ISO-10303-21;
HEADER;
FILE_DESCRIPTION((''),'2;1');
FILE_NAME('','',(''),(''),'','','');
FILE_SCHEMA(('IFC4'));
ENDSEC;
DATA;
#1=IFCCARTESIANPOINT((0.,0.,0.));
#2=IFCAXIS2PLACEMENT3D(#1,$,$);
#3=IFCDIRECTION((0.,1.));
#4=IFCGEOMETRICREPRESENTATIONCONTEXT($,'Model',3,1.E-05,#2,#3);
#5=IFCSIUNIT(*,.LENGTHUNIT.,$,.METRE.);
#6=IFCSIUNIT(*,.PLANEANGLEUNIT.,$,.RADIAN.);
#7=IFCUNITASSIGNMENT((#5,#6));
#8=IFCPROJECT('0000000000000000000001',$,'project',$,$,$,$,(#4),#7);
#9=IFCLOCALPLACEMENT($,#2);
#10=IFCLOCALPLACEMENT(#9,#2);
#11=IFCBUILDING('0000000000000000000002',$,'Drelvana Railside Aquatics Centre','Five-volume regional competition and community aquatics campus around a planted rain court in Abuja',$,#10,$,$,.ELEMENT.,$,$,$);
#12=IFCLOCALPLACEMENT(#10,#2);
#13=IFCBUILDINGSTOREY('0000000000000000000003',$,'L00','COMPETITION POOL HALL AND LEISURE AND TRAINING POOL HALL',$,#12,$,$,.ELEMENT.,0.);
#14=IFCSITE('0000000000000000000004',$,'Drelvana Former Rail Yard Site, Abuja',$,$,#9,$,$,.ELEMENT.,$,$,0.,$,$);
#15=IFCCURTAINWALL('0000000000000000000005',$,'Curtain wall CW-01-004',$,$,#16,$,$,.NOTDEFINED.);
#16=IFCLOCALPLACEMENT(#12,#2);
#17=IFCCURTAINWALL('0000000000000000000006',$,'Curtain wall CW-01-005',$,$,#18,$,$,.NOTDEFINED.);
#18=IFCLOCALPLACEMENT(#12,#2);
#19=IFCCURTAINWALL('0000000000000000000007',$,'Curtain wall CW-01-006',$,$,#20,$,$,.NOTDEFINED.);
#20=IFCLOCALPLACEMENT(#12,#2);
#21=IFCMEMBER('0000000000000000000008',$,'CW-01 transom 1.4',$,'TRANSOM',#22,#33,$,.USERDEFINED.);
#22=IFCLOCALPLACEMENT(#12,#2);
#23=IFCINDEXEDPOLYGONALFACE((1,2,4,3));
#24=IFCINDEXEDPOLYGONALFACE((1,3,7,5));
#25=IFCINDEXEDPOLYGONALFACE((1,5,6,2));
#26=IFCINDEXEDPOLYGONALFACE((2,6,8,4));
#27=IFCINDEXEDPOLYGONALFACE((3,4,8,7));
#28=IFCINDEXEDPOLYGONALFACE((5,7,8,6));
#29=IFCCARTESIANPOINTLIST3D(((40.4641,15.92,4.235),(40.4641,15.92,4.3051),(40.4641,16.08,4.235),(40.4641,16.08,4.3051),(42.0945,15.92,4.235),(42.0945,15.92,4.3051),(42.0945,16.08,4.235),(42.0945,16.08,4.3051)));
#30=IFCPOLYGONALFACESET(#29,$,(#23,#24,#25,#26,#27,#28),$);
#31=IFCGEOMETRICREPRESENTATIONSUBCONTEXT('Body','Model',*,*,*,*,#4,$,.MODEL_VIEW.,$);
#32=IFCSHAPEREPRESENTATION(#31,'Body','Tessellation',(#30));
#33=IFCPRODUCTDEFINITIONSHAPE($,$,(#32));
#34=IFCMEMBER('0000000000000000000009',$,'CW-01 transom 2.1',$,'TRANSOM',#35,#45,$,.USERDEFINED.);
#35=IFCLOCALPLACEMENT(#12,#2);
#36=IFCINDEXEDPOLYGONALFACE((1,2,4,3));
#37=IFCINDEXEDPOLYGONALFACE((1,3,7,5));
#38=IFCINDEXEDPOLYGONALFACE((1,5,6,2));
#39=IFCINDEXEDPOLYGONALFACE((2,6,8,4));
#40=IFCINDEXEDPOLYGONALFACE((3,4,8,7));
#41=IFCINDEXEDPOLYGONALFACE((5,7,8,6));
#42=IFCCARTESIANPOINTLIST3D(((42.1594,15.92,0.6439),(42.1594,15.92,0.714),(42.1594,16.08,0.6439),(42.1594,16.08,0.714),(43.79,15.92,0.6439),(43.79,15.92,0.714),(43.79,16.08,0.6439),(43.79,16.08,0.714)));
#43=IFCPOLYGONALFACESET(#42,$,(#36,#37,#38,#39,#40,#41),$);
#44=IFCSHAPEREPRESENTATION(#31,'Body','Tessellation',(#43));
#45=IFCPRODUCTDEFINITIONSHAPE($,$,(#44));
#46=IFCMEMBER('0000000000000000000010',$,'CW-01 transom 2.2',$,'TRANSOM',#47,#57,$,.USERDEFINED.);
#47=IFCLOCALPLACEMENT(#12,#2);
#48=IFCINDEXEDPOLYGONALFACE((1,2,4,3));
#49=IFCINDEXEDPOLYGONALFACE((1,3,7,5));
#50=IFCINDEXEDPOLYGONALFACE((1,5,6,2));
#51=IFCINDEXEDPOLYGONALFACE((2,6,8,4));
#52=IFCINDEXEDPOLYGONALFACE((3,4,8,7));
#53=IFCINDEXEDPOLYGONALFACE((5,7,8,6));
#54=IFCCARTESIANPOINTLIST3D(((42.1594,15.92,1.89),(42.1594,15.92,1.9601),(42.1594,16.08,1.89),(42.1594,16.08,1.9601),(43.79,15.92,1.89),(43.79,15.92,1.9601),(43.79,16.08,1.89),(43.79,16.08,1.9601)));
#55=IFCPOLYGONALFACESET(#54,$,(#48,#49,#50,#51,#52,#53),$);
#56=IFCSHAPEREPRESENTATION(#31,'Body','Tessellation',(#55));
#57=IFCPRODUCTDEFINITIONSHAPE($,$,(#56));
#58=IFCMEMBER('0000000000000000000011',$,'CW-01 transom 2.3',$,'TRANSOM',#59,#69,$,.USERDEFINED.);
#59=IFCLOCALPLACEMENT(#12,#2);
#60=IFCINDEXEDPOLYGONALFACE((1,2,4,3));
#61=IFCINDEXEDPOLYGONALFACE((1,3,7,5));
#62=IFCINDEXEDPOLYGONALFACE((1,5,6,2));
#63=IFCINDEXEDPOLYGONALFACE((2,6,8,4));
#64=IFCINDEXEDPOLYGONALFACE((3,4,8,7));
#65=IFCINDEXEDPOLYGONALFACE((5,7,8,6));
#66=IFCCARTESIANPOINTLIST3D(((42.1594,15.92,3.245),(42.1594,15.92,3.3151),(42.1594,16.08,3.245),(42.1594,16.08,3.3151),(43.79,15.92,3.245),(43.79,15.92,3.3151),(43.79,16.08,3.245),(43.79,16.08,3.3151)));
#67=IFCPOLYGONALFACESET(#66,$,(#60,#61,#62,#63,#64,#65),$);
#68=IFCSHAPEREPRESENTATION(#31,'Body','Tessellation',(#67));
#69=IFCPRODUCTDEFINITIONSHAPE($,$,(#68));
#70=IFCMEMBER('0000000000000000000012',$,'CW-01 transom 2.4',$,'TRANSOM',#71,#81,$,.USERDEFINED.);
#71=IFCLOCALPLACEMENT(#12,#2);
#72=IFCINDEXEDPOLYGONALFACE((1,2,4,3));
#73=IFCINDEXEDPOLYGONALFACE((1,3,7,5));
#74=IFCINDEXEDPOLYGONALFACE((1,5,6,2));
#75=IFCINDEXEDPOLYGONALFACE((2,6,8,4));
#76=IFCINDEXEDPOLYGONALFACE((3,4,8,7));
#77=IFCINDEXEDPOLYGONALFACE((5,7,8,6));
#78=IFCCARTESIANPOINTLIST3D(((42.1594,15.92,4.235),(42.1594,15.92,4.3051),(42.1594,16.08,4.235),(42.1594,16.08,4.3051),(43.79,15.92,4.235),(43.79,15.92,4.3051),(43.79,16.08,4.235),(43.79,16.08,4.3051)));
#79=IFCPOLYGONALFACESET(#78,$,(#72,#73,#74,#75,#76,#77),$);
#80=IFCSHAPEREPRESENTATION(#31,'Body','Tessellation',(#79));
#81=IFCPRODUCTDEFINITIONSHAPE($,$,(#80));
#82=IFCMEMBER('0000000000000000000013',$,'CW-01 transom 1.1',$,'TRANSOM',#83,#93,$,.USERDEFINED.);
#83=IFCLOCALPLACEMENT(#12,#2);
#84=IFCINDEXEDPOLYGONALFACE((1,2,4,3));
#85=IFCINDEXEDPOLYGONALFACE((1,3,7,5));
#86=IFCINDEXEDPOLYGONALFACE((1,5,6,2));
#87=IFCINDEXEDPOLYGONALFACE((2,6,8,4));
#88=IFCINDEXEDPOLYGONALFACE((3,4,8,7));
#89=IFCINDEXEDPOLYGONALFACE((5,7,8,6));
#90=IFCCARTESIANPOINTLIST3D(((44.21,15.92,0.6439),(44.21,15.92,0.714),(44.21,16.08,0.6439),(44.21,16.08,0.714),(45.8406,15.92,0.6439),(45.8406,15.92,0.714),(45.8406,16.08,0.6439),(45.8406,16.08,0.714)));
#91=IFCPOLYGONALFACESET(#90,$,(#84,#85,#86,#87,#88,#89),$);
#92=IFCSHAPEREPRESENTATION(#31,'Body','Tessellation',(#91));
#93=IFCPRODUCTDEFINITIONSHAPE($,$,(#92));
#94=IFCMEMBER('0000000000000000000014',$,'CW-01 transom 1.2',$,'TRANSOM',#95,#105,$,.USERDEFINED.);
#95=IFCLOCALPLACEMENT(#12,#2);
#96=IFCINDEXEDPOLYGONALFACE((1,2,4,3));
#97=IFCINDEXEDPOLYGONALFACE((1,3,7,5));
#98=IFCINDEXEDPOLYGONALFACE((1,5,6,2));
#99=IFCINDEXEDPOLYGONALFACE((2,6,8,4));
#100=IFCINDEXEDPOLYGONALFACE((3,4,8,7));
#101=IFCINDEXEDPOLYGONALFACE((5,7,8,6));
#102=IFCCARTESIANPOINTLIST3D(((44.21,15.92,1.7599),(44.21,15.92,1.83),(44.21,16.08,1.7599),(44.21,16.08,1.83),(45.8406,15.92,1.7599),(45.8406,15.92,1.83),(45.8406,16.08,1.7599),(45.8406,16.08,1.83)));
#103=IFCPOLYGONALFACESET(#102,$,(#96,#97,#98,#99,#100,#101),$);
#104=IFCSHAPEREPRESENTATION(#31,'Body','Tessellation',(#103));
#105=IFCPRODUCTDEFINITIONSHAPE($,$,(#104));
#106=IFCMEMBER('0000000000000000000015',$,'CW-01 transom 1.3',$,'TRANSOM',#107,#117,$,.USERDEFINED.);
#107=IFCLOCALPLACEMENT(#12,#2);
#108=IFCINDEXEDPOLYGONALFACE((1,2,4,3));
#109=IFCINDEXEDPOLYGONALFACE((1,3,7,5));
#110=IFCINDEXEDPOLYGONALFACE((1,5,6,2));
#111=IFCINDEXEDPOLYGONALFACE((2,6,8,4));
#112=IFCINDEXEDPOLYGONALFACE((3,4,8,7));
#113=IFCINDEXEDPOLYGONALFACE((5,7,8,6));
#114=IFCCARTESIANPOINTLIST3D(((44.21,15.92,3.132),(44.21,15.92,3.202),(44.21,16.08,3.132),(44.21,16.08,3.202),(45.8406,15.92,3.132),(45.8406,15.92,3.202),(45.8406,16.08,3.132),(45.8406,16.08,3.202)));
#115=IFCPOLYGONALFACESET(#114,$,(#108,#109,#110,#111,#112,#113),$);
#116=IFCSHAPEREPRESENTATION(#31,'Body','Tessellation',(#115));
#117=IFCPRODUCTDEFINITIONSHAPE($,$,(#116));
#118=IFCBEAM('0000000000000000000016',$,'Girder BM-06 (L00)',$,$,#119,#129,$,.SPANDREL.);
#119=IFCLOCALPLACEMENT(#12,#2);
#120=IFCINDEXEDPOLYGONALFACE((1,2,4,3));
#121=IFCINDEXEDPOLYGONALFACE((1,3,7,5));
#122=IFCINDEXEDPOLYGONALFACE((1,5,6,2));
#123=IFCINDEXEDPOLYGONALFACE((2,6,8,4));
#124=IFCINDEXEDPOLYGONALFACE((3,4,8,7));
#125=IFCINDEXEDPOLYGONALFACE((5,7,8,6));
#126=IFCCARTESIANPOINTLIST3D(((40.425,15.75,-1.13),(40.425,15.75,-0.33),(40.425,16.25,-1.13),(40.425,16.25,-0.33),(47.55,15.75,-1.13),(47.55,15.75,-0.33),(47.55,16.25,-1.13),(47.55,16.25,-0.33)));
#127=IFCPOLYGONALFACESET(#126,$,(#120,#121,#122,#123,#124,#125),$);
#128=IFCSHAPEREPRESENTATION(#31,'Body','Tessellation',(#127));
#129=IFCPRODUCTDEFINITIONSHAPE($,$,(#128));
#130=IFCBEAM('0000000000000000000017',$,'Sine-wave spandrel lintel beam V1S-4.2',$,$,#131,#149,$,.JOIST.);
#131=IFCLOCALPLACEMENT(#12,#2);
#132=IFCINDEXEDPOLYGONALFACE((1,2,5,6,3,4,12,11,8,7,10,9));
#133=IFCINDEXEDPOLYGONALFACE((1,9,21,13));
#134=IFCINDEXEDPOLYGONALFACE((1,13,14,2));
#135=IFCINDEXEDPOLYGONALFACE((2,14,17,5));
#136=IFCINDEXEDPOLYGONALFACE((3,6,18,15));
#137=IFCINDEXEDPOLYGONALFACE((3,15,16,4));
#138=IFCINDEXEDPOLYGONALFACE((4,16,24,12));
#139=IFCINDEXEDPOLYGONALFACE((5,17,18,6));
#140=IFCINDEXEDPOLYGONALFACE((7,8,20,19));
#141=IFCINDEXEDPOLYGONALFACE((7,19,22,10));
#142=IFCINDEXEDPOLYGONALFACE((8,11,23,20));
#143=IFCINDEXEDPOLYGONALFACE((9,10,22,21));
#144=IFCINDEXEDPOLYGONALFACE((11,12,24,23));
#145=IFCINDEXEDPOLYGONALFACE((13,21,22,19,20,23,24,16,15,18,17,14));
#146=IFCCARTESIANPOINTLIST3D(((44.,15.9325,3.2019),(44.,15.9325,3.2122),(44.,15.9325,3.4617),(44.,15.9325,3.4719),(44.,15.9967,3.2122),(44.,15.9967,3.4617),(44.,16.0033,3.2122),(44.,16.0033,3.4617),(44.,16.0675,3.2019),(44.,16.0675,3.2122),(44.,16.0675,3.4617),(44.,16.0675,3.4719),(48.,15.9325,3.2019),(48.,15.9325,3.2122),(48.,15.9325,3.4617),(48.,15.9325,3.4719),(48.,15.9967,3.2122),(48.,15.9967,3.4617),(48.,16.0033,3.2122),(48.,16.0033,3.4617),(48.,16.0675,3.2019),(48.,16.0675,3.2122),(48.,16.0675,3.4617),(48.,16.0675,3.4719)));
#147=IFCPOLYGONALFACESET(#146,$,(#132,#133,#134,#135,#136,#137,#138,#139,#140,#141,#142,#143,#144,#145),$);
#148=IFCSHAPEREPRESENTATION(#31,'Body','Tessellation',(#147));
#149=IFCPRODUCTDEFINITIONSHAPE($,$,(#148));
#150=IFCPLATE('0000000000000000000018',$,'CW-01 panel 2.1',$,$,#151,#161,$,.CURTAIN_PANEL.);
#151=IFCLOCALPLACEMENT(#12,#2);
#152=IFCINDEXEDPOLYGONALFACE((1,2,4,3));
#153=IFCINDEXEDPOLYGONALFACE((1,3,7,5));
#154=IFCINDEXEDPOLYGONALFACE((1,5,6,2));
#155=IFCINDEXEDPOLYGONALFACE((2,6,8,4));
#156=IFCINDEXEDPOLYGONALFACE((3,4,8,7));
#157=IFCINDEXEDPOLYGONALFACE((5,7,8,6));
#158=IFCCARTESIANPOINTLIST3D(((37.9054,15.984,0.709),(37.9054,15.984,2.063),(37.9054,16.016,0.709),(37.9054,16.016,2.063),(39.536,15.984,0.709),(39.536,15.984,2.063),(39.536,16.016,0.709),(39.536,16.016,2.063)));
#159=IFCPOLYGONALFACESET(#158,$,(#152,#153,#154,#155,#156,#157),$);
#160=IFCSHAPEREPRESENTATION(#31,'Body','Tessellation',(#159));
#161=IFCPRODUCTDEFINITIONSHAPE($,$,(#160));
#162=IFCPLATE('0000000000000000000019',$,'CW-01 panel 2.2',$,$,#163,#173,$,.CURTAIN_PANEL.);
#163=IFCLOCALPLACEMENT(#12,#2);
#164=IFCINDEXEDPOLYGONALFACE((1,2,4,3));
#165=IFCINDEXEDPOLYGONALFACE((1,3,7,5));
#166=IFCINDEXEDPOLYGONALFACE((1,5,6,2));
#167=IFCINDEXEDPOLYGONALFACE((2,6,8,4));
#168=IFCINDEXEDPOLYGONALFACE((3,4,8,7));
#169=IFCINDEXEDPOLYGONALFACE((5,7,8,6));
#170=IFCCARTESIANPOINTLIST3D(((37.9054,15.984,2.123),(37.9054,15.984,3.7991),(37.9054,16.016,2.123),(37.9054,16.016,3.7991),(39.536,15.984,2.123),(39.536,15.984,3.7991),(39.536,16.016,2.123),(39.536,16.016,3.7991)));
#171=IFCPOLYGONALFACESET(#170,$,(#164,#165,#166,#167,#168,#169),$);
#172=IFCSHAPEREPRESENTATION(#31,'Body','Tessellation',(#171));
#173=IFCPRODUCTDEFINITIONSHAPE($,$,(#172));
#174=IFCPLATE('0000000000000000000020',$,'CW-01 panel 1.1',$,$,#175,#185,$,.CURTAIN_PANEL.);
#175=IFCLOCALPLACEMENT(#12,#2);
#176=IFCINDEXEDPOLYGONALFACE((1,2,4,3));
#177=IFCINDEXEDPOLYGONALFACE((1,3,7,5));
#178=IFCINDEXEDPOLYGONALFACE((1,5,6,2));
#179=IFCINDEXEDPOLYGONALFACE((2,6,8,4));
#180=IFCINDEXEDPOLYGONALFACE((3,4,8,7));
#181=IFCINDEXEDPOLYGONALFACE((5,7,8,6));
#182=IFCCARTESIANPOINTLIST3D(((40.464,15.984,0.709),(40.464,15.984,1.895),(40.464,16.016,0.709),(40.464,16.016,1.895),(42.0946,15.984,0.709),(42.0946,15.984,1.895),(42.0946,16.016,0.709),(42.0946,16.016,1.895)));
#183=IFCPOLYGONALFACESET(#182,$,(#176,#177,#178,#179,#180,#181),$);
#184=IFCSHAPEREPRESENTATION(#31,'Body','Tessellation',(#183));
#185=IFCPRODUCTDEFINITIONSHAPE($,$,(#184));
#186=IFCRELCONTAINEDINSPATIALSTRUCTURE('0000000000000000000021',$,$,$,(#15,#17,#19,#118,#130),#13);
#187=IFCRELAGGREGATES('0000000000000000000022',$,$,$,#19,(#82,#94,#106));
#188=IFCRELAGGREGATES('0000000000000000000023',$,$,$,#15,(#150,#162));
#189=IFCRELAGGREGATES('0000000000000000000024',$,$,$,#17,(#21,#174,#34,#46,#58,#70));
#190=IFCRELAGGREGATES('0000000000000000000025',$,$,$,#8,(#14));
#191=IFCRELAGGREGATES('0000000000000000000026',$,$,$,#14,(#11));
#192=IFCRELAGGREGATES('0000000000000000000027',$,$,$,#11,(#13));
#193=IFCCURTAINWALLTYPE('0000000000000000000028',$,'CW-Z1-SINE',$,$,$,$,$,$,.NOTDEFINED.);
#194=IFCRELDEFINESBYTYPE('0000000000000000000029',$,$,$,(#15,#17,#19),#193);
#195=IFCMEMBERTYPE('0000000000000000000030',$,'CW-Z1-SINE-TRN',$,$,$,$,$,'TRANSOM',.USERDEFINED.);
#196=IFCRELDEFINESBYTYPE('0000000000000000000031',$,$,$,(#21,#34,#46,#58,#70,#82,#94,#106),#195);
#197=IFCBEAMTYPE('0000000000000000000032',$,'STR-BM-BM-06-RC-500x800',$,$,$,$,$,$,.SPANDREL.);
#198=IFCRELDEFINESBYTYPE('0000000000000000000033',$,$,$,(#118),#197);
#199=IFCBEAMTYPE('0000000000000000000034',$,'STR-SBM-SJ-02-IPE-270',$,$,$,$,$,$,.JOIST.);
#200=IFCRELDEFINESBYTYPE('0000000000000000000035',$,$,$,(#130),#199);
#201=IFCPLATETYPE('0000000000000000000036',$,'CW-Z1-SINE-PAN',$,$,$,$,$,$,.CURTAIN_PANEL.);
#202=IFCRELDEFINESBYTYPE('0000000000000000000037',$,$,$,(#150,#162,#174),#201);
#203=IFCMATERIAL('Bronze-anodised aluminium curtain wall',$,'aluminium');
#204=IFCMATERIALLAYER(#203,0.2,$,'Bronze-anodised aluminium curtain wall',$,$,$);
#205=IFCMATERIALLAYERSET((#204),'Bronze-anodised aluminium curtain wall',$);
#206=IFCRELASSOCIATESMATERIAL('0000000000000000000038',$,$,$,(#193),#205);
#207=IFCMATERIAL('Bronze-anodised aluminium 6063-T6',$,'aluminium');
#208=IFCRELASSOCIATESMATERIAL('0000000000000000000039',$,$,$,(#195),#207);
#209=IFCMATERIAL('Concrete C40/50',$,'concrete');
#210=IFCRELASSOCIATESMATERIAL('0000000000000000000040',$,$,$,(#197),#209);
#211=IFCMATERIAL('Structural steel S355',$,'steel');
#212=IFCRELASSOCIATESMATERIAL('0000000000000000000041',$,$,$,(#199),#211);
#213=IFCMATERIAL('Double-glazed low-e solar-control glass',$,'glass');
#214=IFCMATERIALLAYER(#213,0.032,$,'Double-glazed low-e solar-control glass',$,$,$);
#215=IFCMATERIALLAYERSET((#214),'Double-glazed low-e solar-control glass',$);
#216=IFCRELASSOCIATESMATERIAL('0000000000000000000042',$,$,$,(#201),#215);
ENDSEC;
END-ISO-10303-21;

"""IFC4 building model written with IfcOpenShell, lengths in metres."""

from ifc_helpers import new_model, si_unit, direction, frame, origin, origin_2d, place, context, subcontext, project, spatial, rectangle, i_section, extrude, material, layer, layer_set, material_profile, profile_set, type_object, element, aggregate, save


model = new_model("IFC4")

# Units and contexts
model_context = context("Model", 3, precision=1e-05, world=origin(), true_north=direction((0.0, 1.0)))
body_context = subcontext(model_context, "Body", "Model", "MODEL_VIEW")
ifc_project = project(units=[si_unit("LENGTHUNIT", "METRE"), si_unit("PLANEANGLEUNIT", "RADIAN")], contexts=[model_context])

# Site, building, storey
site_placement = place(None, origin())
site = spatial("IfcSite", under=ifc_project, at=site_placement, Name="Drelvana Former Rail Yard Site, Abuja", CompositionType="ELEMENT", RefElevation=0.0)
building_placement = place(site_placement, origin())
building = spatial("IfcBuilding", under=site, at=building_placement, Name="Drelvana Railside Aquatics Centre", Description="Five-volume regional competition and community aquatics campus around a planted rain court in Abuja", CompositionType="ELEMENT")
storey_placement = place(building_placement, origin())
storey = spatial("IfcBuildingStorey", under=building, at=storey_placement, Name="L00", Description="COMPETITION POOL HALL AND LEISURE AND TRAINING POOL HALL", CompositionType="ELEMENT", Elevation=0.0)

# Shared definitions
ifc_material_1 = material(Name="Concrete C40/50", Category="concrete")
ifc_material_2 = material(Name="Structural steel S355", Category="steel")

# Curtain wall
ifc_material_3 = material(Name="Bronze-anodised aluminium curtain wall", Category="aluminium")
ifc_layer_1 = layer(ifc_material_3, 0.2, Name="Bronze-anodised aluminium curtain wall")
ifc_layer_set_1 = layer_set([ifc_layer_1], Name="Bronze-anodised aluminium curtain wall")
curtain_wall_type = type_object("IfcCurtainWallType", Name="CW-Z1-SINE", PredefinedType="NOTDEFINED", material=ifc_layer_set_1)
curtain_wall_1_placement = place(storey_placement, origin())
curtain_wall_1 = element("IfcCurtainWall", 1, at=curtain_wall_1_placement, inside=storey, type_object=curtain_wall_type, Name="Curtain wall CW-01-004", PredefinedType="NOTDEFINED")
ifc_material_4 = material(Name="Bronze-anodised aluminium 6063-T6", Category="aluminium")

# Curtain wall
curtain_wall_2_placement = place(storey_placement, origin())
curtain_wall_2 = element("IfcCurtainWall", 2, at=curtain_wall_2_placement, inside=storey, type_object=curtain_wall_type, Name="Curtain wall CW-01-005", PredefinedType="NOTDEFINED")

# Curtain wall
curtain_wall_3_placement = place(storey_placement, origin())
curtain_wall_3 = element("IfcCurtainWall", 3, at=curtain_wall_3_placement, inside=storey, type_object=curtain_wall_type, Name="Curtain wall CW-01-006", PredefinedType="NOTDEFINED")

# Members
ifc_material_profile_1 = material_profile(ifc_material_4, rectangle(XDim=0.1599, YDim=0.0701, at=origin_2d()), Name="ALU-T 70x160")
ifc_profile_set_1 = profile_set([ifc_material_profile_1], Name="Bronze-anodised aluminium 6063-T6")
member_type_1 = type_object("IfcMemberType", Name="CW-Z1-SINE-TRN", ElementType="TRANSOM", PredefinedType="USERDEFINED", material=ifc_profile_set_1)
member_1_placement = place(storey_placement, frame((40.4641, 16.0, 4.27), z_axis=(1.0, 0.0, 0.0), x_axis=(0.0, 1.0, 0.0)))
member_1 = element("IfcMember", 4, at=member_1_placement, type_object=member_type_1, Name="CW-01 transom 1.4", ObjectType="TRANSOM", PredefinedType="USERDEFINED", context=body_context, shape_type="SweptSolid", body=[
    extrude(rectangle(XDim=0.1599, YDim=0.0701, at=origin_2d()), origin(), (0.0, 0.0, 1.0), 1.6304),
])
member_2_placement = place(storey_placement, frame((42.1594, 16.0, 0.679), z_axis=(1.0, 0.0, 0.0), x_axis=(0.0, 1.0, 0.0)))
member_2 = element("IfcMember", 5, at=member_2_placement, type_object=member_type_1, Name="CW-01 transom 2.1", ObjectType="TRANSOM", PredefinedType="USERDEFINED", context=body_context, shape_type="SweptSolid", body=[
    extrude(rectangle(XDim=0.1599, YDim=0.0701, at=origin_2d()), origin(), (0.0, 0.0, 1.0), 1.6306),
])
member_3_placement = place(storey_placement, frame((42.1594, 16.0, 1.925), z_axis=(1.0, 0.0, 0.0), x_axis=(0.0, 1.0, 0.0)))
member_3 = element("IfcMember", 6, at=member_3_placement, type_object=member_type_1, Name="CW-01 transom 2.2", ObjectType="TRANSOM", PredefinedType="USERDEFINED", context=body_context, shape_type="SweptSolid", body=[
    extrude(rectangle(XDim=0.1599, YDim=0.0701, at=origin_2d()), origin(), (0.0, 0.0, 1.0), 1.6306),
])
member_4_placement = place(storey_placement, frame((42.1594, 16.0, 3.28), z_axis=(1.0, 0.0, 0.0), x_axis=(0.0, 1.0, 0.0)))
member_4 = element("IfcMember", 7, at=member_4_placement, type_object=member_type_1, Name="CW-01 transom 2.3", ObjectType="TRANSOM", PredefinedType="USERDEFINED", context=body_context, shape_type="SweptSolid", body=[
    extrude(rectangle(XDim=0.1599, YDim=0.0701, at=origin_2d()), origin(), (0.0, 0.0, 1.0), 1.6306),
])
member_5_placement = place(storey_placement, frame((42.1594, 16.0, 4.27), z_axis=(1.0, 0.0, 0.0), x_axis=(0.0, 1.0, 0.0)))
member_5 = element("IfcMember", 8, at=member_5_placement, type_object=member_type_1, Name="CW-01 transom 2.4", ObjectType="TRANSOM", PredefinedType="USERDEFINED", context=body_context, shape_type="SweptSolid", body=[
    extrude(rectangle(XDim=0.1599, YDim=0.0701, at=origin_2d()), origin(), (0.0, 0.0, 1.0), 1.6306),
])
member_6_placement = place(storey_placement, frame((44.21, 16.0, 0.679), z_axis=(1.0, 0.0, 0.0), x_axis=(0.0, 1.0, 0.0)))
member_6 = element("IfcMember", 9, at=member_6_placement, type_object=member_type_1, Name="CW-01 transom 1.1", ObjectType="TRANSOM", PredefinedType="USERDEFINED", context=body_context, shape_type="SweptSolid", body=[
    extrude(rectangle(XDim=0.1599, YDim=0.0701, at=origin_2d()), origin(), (0.0, 0.0, 1.0), 1.6306),
])
member_7_placement = place(storey_placement, frame((44.21, 16.0, 1.7949), z_axis=(1.0, 0.0, 0.0), x_axis=(0.0, 1.0, 0.0)))
member_7 = element("IfcMember", 10, at=member_7_placement, type_object=member_type_1, Name="CW-01 transom 1.2", ObjectType="TRANSOM", PredefinedType="USERDEFINED", context=body_context, shape_type="SweptSolid", body=[
    extrude(rectangle(XDim=0.1599, YDim=0.0701, at=origin_2d()), origin(), (0.0, 0.0, 1.0), 1.6306),
])
member_8_placement = place(storey_placement, frame((44.21, 16.0, 3.167), z_axis=(1.0, 0.0, 0.0), x_axis=(0.0, 1.0, 0.0)))
member_8 = element("IfcMember", 11, at=member_8_placement, type_object=member_type_1, Name="CW-01 transom 1.3", ObjectType="TRANSOM", PredefinedType="USERDEFINED", context=body_context, shape_type="SweptSolid", body=[
    extrude(rectangle(XDim=0.1599, YDim=0.0701, at=origin_2d()), origin(), (0.0, 0.0, 1.0), 1.6306),
])
aggregate(curtain_wall_3, [member_6, member_7, member_8])

# Beams
ifc_material_profile_2 = material_profile(ifc_material_1, rectangle(XDim=0.5, YDim=0.8, at=origin_2d()), Name="RC 500x800")
ifc_profile_set_2 = profile_set([ifc_material_profile_2], Name="Concrete C40/50")
beam_type_1 = type_object("IfcBeamType", Name="STR-BM-BM-06-RC-500x800", PredefinedType="SPANDREL", material=ifc_profile_set_2)
beam_1_placement = place(storey_placement, frame((40.425, 16.0, -0.73), z_axis=(1.0, 0.0, 0.0), x_axis=(0.0, 1.0, 0.0)))
element("IfcBeam", 12, at=beam_1_placement, inside=storey, type_object=beam_type_1, Name="Girder BM-06 (L00)", PredefinedType="SPANDREL", context=body_context, shape_type="SweptSolid", body=[
    extrude(rectangle(XDim=0.5, YDim=0.8, at=origin_2d()), origin(), (0.0, 0.0, 1.0), 7.125),
])
ifc_material_profile_3 = material_profile(ifc_material_2, i_section(OverallWidth=0.135, OverallDepth=0.27, WebThickness=0.0066, FlangeThickness=0.0103, at=origin_2d()), Name="IPE 270")
ifc_profile_set_3 = profile_set([ifc_material_profile_3], Name="Structural steel S355")
beam_type_2 = type_object("IfcBeamType", Name="STR-SBM-SJ-02-IPE-270", PredefinedType="JOIST", material=ifc_profile_set_3)
beam_2_placement = place(storey_placement, frame((44.0, 16.0, 3.3369), z_axis=(1.0, 0.0, 0.0), x_axis=(0.0, 1.0, 0.0)))
element("IfcBeam", 13, at=beam_2_placement, inside=storey, type_object=beam_type_2, Name="Sine-wave spandrel lintel beam V1S-4.2", PredefinedType="JOIST", context=body_context, shape_type="SweptSolid", body=[
    extrude(i_section(OverallWidth=0.135, OverallDepth=0.27, WebThickness=0.0066, FlangeThickness=0.0103, at=origin_2d()), origin(), (0.0, 0.0, 1.0), 4.0),
])

# Plates
ifc_material_5 = material(Name="Double-glazed low-e solar-control glass", Category="glass")
ifc_layer_2 = layer(ifc_material_5, 0.032, Name="Double-glazed low-e solar-control glass")
ifc_layer_set_2 = layer_set([ifc_layer_2], Name="Double-glazed low-e solar-control glass")
plate_type = type_object("IfcPlateType", Name="CW-Z1-SINE-PAN", PredefinedType="CURTAIN_PANEL", material=ifc_layer_set_2)
plate_1_placement = place(storey_placement, frame((38.7207, 16.0, 0.709), z_axis=(0.0, 0.0, 1.0), x_axis=(1.0, 0.0, 0.0)))
plate_1 = element("IfcPlate", 14, at=plate_1_placement, type_object=plate_type, Name="CW-01 panel 2.1", PredefinedType="CURTAIN_PANEL", context=body_context, shape_type="SweptSolid", body=[
    extrude(rectangle(XDim=1.6306, YDim=0.032, at=origin_2d()), origin(), (0.0, 0.0, 1.0), 1.354),
])
plate_2_placement = place(storey_placement, frame((38.7207, 16.0, 2.123), z_axis=(0.0, 0.0, 1.0), x_axis=(1.0, 0.0, 0.0)))
plate_2 = element("IfcPlate", 15, at=plate_2_placement, type_object=plate_type, Name="CW-01 panel 2.2", PredefinedType="CURTAIN_PANEL", context=body_context, shape_type="SweptSolid", body=[
    extrude(rectangle(XDim=1.6306, YDim=0.032, at=origin_2d()), origin(), (0.0, 0.0, 1.0), 1.676),
])
aggregate(curtain_wall_1, [plate_1, plate_2])
plate_3_placement = place(storey_placement, frame((41.2793, 16.0, 0.709), z_axis=(0.0, 0.0, 1.0), x_axis=(1.0, 0.0, 0.0)))
plate_3 = element("IfcPlate", 16, at=plate_3_placement, type_object=plate_type, Name="CW-01 panel 1.1", PredefinedType="CURTAIN_PANEL", context=body_context, shape_type="SweptSolid", body=[
    extrude(rectangle(XDim=1.6306, YDim=0.032, at=origin_2d()), origin(), (0.0, 0.0, 1.0), 1.186),
])
aggregate(curtain_wall_2, [member_1, plate_3, member_2, member_3, member_4, member_5])

save(model, "model.ifc")
